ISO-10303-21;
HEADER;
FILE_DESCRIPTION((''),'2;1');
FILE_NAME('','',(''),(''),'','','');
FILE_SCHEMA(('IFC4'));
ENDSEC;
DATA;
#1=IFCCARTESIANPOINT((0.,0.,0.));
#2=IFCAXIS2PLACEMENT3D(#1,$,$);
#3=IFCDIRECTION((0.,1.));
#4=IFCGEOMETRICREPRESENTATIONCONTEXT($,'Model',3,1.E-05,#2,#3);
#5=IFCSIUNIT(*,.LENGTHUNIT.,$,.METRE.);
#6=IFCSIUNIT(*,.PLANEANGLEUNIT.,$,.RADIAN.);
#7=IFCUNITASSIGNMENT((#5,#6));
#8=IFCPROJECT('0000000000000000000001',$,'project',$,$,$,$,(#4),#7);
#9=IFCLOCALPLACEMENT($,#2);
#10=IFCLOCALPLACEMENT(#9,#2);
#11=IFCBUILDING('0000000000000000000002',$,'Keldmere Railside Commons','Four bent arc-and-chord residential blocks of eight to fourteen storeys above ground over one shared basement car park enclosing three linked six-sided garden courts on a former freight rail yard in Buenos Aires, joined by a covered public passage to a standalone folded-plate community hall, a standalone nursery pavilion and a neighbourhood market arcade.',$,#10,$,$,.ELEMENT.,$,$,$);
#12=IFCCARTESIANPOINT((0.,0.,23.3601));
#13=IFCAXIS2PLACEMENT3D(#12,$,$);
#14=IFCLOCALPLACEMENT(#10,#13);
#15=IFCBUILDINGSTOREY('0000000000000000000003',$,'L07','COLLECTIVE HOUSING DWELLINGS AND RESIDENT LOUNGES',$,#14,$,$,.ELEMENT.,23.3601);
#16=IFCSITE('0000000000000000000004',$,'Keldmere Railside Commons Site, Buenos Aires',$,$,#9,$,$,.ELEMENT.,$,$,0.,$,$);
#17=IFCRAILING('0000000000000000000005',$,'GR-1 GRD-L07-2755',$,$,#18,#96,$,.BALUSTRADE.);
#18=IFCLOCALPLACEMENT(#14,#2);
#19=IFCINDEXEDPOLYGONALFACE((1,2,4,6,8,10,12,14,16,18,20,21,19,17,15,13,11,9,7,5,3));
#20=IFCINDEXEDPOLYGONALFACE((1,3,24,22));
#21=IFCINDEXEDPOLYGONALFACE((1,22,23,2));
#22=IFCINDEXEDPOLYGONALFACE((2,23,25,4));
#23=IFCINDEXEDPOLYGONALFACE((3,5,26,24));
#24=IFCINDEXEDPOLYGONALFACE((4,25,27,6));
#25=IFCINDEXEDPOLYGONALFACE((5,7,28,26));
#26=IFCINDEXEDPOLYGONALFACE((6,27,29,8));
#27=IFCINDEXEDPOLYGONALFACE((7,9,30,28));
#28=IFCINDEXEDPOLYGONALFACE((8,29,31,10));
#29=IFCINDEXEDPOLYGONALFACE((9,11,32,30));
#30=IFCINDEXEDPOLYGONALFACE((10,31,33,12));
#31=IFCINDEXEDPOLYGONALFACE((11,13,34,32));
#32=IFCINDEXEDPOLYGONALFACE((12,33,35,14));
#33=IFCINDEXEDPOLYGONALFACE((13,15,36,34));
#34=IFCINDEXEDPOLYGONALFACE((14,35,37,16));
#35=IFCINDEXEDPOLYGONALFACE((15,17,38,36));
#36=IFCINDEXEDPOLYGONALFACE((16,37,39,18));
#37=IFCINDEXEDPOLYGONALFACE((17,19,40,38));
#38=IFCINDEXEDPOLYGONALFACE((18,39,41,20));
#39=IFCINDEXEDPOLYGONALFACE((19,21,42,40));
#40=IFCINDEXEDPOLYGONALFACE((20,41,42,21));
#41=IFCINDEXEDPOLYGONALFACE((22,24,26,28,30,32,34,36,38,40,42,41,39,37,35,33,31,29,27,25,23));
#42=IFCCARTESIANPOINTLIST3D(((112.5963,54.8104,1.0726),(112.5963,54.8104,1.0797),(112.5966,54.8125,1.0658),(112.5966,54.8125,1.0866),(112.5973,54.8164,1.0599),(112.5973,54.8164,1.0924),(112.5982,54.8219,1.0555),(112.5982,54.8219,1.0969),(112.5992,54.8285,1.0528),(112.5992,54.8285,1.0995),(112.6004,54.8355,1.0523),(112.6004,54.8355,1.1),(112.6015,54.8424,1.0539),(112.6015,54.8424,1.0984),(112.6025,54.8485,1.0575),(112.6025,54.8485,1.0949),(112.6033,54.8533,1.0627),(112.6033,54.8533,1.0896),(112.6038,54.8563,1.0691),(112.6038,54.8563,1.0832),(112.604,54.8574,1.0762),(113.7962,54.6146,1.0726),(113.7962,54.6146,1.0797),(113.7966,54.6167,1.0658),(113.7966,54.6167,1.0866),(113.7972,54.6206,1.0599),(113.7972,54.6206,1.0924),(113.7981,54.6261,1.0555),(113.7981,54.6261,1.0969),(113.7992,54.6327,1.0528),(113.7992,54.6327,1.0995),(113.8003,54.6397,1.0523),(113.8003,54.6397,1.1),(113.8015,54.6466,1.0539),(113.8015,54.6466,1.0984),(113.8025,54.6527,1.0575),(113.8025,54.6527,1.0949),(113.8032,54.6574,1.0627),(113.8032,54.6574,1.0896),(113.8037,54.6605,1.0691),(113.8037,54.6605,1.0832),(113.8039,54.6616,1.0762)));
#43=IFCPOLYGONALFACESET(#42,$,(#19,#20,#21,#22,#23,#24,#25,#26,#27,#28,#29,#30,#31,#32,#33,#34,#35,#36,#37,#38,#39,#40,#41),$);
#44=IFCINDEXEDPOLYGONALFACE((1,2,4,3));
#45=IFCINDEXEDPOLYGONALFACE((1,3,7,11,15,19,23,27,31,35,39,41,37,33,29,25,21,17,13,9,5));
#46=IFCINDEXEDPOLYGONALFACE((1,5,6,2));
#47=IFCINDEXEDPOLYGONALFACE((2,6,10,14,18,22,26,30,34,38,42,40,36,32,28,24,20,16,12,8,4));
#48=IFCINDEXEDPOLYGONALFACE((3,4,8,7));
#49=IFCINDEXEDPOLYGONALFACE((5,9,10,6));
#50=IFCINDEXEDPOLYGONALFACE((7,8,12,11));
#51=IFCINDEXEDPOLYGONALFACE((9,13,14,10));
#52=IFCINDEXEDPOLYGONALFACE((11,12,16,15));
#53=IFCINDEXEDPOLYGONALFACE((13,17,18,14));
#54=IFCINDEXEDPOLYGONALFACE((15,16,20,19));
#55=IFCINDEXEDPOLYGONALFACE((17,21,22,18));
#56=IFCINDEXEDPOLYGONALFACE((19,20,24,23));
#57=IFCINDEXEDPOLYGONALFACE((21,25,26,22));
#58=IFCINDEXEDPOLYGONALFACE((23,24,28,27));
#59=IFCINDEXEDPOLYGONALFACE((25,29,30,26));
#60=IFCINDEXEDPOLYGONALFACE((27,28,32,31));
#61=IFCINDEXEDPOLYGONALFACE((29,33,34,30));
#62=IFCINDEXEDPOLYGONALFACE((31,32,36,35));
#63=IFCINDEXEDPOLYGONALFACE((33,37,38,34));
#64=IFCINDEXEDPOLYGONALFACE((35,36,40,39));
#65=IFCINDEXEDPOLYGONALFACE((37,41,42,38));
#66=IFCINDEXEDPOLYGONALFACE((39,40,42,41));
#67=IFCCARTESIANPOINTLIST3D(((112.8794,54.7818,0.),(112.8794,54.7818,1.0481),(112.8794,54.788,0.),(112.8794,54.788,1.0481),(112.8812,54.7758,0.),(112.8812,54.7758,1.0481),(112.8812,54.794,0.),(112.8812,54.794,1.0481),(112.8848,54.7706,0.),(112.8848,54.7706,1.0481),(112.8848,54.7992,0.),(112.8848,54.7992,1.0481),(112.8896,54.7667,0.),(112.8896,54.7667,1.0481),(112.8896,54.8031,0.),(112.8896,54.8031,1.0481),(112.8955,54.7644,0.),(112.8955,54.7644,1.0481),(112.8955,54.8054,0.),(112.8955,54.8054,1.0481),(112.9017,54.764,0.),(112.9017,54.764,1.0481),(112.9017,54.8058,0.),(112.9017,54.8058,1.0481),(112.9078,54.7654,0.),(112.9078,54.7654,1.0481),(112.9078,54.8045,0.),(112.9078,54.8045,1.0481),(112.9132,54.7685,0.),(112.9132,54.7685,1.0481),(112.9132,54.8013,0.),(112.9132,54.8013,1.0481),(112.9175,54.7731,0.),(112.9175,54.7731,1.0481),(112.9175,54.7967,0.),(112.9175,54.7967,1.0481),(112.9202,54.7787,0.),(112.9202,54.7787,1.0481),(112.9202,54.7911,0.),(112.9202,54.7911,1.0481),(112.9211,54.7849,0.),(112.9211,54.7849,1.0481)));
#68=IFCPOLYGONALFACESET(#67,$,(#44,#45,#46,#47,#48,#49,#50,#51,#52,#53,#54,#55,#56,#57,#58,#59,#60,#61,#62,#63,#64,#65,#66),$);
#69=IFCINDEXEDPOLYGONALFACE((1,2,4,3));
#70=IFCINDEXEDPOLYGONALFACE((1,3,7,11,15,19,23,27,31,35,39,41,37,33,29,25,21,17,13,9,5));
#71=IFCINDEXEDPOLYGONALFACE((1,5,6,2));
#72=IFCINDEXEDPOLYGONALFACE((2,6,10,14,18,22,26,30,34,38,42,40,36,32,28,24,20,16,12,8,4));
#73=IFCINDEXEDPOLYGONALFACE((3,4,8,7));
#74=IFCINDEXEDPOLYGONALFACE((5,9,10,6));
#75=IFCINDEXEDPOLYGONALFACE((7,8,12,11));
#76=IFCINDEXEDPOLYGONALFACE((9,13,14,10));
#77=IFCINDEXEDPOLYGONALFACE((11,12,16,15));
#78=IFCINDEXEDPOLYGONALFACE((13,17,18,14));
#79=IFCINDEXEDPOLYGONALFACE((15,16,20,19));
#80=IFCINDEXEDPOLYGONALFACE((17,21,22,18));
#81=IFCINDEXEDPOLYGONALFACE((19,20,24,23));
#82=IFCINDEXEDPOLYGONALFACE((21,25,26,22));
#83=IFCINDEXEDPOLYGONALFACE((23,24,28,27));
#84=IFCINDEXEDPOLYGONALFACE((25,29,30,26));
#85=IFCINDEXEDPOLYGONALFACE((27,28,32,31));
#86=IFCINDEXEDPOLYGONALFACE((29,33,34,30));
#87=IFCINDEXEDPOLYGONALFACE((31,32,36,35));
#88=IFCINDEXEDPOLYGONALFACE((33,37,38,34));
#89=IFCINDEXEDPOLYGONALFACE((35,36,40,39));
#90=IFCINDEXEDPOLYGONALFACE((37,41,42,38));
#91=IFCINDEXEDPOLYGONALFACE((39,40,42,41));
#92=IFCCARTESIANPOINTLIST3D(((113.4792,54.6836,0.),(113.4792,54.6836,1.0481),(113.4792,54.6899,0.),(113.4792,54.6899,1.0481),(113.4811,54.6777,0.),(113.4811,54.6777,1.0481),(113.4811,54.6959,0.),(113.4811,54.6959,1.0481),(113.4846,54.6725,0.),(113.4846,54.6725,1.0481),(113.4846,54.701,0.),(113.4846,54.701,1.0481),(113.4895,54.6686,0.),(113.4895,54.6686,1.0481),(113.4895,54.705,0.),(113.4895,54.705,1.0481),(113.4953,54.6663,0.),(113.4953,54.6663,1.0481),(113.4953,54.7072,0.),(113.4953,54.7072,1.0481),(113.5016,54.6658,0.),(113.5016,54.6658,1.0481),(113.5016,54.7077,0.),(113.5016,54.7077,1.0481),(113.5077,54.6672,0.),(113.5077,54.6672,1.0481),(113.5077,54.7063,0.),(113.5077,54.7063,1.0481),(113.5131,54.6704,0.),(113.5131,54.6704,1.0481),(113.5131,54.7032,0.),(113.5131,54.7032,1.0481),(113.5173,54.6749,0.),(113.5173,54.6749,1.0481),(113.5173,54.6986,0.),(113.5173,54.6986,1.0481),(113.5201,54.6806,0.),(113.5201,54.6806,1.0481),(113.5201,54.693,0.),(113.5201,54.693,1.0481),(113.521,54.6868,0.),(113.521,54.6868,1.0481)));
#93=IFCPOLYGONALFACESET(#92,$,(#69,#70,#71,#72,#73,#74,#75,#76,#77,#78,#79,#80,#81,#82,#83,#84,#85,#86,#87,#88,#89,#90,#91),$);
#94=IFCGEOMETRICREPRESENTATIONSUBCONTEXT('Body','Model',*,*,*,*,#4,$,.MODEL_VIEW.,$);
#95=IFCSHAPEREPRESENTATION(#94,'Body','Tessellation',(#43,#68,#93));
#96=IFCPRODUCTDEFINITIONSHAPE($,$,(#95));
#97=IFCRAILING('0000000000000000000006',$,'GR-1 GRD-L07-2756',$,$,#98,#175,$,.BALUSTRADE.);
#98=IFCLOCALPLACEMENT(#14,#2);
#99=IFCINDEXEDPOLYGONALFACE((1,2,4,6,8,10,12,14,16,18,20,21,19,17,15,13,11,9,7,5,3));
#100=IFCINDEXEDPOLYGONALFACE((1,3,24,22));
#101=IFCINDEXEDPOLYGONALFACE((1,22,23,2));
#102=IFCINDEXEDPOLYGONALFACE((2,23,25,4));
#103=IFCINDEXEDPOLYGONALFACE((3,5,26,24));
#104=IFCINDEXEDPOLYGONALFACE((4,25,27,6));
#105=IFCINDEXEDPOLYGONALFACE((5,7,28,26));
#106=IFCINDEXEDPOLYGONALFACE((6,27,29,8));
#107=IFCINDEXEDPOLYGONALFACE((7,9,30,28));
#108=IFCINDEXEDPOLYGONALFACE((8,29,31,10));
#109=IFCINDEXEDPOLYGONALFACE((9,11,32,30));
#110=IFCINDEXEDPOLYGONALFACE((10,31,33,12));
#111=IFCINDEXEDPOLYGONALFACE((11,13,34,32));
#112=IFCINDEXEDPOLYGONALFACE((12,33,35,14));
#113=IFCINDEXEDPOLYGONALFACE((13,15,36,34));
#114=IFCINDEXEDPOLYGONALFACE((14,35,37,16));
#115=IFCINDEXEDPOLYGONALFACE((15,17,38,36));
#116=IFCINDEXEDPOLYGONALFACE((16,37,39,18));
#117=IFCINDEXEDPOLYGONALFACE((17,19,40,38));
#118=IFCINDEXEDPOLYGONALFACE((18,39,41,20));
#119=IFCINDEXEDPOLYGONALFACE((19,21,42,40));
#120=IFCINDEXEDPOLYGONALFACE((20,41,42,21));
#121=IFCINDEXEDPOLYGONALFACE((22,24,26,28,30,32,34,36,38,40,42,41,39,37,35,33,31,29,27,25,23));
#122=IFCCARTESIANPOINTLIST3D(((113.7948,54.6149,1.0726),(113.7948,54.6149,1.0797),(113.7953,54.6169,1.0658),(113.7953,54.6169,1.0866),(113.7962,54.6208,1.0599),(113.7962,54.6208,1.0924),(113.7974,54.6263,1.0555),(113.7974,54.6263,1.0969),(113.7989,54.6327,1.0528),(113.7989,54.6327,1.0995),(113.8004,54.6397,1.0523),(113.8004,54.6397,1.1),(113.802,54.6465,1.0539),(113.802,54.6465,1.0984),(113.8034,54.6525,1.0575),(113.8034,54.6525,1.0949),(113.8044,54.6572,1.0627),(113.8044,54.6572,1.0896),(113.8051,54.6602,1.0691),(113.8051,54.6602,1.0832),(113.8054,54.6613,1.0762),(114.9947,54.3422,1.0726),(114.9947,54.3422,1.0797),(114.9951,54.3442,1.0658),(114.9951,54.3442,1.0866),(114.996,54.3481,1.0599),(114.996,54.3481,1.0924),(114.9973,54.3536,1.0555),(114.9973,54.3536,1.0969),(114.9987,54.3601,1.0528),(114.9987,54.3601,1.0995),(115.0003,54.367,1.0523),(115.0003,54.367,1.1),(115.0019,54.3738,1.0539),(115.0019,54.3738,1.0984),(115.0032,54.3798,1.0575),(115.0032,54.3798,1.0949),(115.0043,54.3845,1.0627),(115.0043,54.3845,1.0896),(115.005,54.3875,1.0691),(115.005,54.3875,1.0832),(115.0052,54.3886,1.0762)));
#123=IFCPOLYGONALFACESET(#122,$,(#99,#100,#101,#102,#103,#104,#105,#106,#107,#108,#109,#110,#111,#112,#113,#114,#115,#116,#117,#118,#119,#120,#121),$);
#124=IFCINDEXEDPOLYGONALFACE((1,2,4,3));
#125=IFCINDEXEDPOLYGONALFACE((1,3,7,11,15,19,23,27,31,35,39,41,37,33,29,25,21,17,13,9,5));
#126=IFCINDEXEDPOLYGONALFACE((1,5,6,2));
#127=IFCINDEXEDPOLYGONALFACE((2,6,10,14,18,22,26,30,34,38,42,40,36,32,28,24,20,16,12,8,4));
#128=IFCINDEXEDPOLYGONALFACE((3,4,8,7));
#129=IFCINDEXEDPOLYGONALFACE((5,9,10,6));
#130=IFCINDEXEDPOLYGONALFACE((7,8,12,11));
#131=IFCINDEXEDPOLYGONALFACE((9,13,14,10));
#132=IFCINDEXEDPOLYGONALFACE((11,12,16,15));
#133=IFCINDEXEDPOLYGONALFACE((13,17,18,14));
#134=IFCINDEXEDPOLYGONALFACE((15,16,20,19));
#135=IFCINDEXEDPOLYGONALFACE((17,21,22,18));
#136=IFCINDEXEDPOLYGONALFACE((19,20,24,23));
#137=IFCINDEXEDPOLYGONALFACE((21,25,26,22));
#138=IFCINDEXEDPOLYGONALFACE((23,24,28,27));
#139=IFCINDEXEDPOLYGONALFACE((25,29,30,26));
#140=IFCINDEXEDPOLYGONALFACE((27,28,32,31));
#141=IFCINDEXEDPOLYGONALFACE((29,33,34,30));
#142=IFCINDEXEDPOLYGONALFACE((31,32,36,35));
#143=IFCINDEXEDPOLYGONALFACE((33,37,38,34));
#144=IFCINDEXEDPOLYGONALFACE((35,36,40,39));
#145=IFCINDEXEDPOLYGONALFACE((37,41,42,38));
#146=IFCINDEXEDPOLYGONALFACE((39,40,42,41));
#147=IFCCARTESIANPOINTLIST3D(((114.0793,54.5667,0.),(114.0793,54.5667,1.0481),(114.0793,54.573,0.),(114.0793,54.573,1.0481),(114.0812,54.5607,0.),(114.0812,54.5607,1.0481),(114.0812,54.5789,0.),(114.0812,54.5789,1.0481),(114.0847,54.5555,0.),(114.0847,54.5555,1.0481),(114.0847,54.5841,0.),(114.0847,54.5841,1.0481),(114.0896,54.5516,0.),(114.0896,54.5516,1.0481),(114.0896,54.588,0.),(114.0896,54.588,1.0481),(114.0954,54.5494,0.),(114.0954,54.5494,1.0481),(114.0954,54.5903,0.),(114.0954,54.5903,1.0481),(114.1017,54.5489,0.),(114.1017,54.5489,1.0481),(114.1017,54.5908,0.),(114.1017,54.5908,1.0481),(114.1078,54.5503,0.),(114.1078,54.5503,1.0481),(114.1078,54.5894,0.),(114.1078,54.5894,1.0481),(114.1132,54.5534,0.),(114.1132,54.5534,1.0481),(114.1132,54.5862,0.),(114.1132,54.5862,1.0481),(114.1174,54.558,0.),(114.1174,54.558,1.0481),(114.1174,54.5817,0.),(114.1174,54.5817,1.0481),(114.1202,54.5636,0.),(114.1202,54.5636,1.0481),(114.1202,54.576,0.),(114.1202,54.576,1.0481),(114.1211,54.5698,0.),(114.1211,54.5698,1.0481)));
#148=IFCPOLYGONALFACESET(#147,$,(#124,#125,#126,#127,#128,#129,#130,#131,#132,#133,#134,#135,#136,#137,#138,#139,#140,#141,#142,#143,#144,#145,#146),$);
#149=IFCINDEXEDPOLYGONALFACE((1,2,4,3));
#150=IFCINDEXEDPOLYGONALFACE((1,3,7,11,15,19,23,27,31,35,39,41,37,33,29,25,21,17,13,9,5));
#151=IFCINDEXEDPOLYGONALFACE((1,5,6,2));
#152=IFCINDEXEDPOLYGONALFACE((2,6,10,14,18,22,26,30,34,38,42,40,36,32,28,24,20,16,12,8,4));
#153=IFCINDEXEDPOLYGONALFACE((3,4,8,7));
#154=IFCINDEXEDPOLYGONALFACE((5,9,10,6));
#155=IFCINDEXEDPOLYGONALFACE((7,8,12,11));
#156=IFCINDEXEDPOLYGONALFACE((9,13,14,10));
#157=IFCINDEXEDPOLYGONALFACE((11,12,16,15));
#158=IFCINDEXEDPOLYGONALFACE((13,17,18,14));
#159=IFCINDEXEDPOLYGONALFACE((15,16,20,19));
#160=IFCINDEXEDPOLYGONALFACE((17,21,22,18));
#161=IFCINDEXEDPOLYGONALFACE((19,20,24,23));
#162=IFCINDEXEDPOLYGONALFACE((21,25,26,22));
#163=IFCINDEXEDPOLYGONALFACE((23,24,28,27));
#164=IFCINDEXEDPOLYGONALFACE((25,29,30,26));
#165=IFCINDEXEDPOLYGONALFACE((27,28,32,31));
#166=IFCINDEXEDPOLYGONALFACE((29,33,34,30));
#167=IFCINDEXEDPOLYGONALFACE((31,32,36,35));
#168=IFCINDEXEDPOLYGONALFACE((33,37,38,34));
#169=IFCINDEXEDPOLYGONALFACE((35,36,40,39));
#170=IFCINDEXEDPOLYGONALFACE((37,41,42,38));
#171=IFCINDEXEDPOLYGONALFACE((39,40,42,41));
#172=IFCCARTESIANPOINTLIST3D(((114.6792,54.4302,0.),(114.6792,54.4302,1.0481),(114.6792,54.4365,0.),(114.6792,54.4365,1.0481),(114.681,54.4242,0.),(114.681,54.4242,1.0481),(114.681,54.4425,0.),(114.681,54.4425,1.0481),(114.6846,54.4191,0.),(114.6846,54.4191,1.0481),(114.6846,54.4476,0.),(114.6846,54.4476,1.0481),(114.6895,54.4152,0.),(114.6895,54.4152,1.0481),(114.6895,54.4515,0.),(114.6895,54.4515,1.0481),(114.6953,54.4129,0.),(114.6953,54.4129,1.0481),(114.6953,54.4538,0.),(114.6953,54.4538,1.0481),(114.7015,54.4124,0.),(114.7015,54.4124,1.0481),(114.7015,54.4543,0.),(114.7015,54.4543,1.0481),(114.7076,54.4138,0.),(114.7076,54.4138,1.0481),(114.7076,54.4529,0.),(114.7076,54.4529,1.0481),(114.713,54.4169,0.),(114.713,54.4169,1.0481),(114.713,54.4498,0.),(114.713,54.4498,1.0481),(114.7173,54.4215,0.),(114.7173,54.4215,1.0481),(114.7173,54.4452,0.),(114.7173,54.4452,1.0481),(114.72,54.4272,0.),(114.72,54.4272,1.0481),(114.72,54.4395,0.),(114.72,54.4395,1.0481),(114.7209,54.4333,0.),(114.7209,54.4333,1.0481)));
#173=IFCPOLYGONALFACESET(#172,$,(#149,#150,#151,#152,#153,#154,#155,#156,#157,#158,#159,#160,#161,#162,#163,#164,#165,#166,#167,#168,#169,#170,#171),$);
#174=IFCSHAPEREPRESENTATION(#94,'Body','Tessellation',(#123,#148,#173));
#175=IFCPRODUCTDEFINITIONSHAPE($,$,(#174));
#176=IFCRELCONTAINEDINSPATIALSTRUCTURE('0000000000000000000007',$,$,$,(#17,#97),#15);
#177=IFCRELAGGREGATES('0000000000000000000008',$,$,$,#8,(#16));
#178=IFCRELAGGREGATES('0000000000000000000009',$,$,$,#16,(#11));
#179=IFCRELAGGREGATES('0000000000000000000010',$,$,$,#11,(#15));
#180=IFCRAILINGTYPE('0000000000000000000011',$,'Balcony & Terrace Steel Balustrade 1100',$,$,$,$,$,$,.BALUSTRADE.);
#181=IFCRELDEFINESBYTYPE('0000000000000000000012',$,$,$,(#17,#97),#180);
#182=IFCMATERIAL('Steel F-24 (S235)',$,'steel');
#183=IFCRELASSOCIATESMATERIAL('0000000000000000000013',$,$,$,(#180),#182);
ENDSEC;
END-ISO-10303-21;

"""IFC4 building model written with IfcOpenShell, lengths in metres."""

from ifc_helpers import new_model, si_unit, direction, frame, origin, origin_2d, place, context, subcontext, project, spatial, circle, extrude, material, type_object, element, save


model = new_model("IFC4")

# Units and contexts
model_context = context("Model", 3, precision=1e-05, world=origin(), true_north=direction((0.0, 1.0)))
body_context = subcontext(model_context, "Body", "Model", "MODEL_VIEW")
ifc_project = project(units=[si_unit("LENGTHUNIT", "METRE"), si_unit("PLANEANGLEUNIT", "RADIAN")], contexts=[model_context])

# Site, building, storey
site_placement = place(None, origin())
site = spatial("IfcSite", under=ifc_project, at=site_placement, Name="Keldmere Railside Commons Site, Buenos Aires", CompositionType="ELEMENT", RefElevation=0.0)
building_placement = place(site_placement, origin())
building = spatial("IfcBuilding", under=site, at=building_placement, Name="Keldmere Railside Commons", Description="Four bent arc-and-chord residential blocks of eight to fourteen storeys above ground over one shared basement car park enclosing three linked six-sided garden courts on a former freight rail yard in Buenos Aires, joined by a covered public passage to a standalone folded-plate community hall, a standalone nursery pavilion and a neighbourhood market arcade.", CompositionType="ELEMENT")
storey_placement = place(building_placement, frame((0.0, 0.0, 23.3601)))
storey = spatial("IfcBuildingStorey", under=building, at=storey_placement, Name="L07", Description="COLLECTIVE HOUSING DWELLINGS AND RESIDENT LOUNGES", CompositionType="ELEMENT", Elevation=23.3601)

# Shared definitions
ifc_material_1 = material(Name="Steel F-24 (S235)", Category="steel")

# Railings
railing_type = type_object("IfcRailingType", Name="Balcony & Terrace Steel Balustrade 1100", PredefinedType="BALUSTRADE", material=ifc_material_1)
railing_1_placement = place(storey_placement, frame((112.6001, 54.8337, 0.0)))
element("IfcRailing", 1, at=railing_1_placement, inside=storey, type_object=railing_type, Name="GR-1 GRD-L07-2755", PredefinedType="BALUSTRADE", context=body_context, shape_type="SweptSolid", body=[
    extrude(circle(Radius=0.0239, at=origin_2d()), frame((0.0, 0.0, 1.0762), z_axis=(0.986947, -0.161044, 0.0), x_axis=(0.161044, 0.986947, 0.0)), (0.0, 0.0, 1.0), 1.2158),
    extrude(circle(Radius=0.021, at=origin_2d()), frame((0.3, -0.0488, 0.0)), (0.0, 0.0, 1.0), 1.0481),
    extrude(circle(Radius=0.021, at=origin_2d()), frame((0.8999, -0.147, 0.0)), (0.0, 0.0, 1.0), 1.0481),
])
railing_2_placement = place(storey_placement, frame((113.8, 54.6379, 0.0)))
element("IfcRailing", 2, at=railing_2_placement, inside=storey, type_object=railing_type, Name="GR-1 GRD-L07-2756", PredefinedType="BALUSTRADE", context=body_context, shape_type="SweptSolid", body=[
    extrude(circle(Radius=0.0239, at=origin_2d()), frame((0.0, 0.0, 1.0762), z_axis=(0.975135, -0.221613, 0.0), x_axis=(0.221613, 0.975135, 0.0)), (0.0, 0.0, 1.0), 1.2305),
    extrude(circle(Radius=0.021, at=origin_2d()), frame((0.3, -0.0681, 0.0)), (0.0, 0.0, 1.0), 1.0481),
    extrude(circle(Radius=0.021, at=origin_2d()), frame((0.8999, -0.2046, 0.0)), (0.0, 0.0, 1.0), 1.0481),
])

save(model, "model.ifc")
